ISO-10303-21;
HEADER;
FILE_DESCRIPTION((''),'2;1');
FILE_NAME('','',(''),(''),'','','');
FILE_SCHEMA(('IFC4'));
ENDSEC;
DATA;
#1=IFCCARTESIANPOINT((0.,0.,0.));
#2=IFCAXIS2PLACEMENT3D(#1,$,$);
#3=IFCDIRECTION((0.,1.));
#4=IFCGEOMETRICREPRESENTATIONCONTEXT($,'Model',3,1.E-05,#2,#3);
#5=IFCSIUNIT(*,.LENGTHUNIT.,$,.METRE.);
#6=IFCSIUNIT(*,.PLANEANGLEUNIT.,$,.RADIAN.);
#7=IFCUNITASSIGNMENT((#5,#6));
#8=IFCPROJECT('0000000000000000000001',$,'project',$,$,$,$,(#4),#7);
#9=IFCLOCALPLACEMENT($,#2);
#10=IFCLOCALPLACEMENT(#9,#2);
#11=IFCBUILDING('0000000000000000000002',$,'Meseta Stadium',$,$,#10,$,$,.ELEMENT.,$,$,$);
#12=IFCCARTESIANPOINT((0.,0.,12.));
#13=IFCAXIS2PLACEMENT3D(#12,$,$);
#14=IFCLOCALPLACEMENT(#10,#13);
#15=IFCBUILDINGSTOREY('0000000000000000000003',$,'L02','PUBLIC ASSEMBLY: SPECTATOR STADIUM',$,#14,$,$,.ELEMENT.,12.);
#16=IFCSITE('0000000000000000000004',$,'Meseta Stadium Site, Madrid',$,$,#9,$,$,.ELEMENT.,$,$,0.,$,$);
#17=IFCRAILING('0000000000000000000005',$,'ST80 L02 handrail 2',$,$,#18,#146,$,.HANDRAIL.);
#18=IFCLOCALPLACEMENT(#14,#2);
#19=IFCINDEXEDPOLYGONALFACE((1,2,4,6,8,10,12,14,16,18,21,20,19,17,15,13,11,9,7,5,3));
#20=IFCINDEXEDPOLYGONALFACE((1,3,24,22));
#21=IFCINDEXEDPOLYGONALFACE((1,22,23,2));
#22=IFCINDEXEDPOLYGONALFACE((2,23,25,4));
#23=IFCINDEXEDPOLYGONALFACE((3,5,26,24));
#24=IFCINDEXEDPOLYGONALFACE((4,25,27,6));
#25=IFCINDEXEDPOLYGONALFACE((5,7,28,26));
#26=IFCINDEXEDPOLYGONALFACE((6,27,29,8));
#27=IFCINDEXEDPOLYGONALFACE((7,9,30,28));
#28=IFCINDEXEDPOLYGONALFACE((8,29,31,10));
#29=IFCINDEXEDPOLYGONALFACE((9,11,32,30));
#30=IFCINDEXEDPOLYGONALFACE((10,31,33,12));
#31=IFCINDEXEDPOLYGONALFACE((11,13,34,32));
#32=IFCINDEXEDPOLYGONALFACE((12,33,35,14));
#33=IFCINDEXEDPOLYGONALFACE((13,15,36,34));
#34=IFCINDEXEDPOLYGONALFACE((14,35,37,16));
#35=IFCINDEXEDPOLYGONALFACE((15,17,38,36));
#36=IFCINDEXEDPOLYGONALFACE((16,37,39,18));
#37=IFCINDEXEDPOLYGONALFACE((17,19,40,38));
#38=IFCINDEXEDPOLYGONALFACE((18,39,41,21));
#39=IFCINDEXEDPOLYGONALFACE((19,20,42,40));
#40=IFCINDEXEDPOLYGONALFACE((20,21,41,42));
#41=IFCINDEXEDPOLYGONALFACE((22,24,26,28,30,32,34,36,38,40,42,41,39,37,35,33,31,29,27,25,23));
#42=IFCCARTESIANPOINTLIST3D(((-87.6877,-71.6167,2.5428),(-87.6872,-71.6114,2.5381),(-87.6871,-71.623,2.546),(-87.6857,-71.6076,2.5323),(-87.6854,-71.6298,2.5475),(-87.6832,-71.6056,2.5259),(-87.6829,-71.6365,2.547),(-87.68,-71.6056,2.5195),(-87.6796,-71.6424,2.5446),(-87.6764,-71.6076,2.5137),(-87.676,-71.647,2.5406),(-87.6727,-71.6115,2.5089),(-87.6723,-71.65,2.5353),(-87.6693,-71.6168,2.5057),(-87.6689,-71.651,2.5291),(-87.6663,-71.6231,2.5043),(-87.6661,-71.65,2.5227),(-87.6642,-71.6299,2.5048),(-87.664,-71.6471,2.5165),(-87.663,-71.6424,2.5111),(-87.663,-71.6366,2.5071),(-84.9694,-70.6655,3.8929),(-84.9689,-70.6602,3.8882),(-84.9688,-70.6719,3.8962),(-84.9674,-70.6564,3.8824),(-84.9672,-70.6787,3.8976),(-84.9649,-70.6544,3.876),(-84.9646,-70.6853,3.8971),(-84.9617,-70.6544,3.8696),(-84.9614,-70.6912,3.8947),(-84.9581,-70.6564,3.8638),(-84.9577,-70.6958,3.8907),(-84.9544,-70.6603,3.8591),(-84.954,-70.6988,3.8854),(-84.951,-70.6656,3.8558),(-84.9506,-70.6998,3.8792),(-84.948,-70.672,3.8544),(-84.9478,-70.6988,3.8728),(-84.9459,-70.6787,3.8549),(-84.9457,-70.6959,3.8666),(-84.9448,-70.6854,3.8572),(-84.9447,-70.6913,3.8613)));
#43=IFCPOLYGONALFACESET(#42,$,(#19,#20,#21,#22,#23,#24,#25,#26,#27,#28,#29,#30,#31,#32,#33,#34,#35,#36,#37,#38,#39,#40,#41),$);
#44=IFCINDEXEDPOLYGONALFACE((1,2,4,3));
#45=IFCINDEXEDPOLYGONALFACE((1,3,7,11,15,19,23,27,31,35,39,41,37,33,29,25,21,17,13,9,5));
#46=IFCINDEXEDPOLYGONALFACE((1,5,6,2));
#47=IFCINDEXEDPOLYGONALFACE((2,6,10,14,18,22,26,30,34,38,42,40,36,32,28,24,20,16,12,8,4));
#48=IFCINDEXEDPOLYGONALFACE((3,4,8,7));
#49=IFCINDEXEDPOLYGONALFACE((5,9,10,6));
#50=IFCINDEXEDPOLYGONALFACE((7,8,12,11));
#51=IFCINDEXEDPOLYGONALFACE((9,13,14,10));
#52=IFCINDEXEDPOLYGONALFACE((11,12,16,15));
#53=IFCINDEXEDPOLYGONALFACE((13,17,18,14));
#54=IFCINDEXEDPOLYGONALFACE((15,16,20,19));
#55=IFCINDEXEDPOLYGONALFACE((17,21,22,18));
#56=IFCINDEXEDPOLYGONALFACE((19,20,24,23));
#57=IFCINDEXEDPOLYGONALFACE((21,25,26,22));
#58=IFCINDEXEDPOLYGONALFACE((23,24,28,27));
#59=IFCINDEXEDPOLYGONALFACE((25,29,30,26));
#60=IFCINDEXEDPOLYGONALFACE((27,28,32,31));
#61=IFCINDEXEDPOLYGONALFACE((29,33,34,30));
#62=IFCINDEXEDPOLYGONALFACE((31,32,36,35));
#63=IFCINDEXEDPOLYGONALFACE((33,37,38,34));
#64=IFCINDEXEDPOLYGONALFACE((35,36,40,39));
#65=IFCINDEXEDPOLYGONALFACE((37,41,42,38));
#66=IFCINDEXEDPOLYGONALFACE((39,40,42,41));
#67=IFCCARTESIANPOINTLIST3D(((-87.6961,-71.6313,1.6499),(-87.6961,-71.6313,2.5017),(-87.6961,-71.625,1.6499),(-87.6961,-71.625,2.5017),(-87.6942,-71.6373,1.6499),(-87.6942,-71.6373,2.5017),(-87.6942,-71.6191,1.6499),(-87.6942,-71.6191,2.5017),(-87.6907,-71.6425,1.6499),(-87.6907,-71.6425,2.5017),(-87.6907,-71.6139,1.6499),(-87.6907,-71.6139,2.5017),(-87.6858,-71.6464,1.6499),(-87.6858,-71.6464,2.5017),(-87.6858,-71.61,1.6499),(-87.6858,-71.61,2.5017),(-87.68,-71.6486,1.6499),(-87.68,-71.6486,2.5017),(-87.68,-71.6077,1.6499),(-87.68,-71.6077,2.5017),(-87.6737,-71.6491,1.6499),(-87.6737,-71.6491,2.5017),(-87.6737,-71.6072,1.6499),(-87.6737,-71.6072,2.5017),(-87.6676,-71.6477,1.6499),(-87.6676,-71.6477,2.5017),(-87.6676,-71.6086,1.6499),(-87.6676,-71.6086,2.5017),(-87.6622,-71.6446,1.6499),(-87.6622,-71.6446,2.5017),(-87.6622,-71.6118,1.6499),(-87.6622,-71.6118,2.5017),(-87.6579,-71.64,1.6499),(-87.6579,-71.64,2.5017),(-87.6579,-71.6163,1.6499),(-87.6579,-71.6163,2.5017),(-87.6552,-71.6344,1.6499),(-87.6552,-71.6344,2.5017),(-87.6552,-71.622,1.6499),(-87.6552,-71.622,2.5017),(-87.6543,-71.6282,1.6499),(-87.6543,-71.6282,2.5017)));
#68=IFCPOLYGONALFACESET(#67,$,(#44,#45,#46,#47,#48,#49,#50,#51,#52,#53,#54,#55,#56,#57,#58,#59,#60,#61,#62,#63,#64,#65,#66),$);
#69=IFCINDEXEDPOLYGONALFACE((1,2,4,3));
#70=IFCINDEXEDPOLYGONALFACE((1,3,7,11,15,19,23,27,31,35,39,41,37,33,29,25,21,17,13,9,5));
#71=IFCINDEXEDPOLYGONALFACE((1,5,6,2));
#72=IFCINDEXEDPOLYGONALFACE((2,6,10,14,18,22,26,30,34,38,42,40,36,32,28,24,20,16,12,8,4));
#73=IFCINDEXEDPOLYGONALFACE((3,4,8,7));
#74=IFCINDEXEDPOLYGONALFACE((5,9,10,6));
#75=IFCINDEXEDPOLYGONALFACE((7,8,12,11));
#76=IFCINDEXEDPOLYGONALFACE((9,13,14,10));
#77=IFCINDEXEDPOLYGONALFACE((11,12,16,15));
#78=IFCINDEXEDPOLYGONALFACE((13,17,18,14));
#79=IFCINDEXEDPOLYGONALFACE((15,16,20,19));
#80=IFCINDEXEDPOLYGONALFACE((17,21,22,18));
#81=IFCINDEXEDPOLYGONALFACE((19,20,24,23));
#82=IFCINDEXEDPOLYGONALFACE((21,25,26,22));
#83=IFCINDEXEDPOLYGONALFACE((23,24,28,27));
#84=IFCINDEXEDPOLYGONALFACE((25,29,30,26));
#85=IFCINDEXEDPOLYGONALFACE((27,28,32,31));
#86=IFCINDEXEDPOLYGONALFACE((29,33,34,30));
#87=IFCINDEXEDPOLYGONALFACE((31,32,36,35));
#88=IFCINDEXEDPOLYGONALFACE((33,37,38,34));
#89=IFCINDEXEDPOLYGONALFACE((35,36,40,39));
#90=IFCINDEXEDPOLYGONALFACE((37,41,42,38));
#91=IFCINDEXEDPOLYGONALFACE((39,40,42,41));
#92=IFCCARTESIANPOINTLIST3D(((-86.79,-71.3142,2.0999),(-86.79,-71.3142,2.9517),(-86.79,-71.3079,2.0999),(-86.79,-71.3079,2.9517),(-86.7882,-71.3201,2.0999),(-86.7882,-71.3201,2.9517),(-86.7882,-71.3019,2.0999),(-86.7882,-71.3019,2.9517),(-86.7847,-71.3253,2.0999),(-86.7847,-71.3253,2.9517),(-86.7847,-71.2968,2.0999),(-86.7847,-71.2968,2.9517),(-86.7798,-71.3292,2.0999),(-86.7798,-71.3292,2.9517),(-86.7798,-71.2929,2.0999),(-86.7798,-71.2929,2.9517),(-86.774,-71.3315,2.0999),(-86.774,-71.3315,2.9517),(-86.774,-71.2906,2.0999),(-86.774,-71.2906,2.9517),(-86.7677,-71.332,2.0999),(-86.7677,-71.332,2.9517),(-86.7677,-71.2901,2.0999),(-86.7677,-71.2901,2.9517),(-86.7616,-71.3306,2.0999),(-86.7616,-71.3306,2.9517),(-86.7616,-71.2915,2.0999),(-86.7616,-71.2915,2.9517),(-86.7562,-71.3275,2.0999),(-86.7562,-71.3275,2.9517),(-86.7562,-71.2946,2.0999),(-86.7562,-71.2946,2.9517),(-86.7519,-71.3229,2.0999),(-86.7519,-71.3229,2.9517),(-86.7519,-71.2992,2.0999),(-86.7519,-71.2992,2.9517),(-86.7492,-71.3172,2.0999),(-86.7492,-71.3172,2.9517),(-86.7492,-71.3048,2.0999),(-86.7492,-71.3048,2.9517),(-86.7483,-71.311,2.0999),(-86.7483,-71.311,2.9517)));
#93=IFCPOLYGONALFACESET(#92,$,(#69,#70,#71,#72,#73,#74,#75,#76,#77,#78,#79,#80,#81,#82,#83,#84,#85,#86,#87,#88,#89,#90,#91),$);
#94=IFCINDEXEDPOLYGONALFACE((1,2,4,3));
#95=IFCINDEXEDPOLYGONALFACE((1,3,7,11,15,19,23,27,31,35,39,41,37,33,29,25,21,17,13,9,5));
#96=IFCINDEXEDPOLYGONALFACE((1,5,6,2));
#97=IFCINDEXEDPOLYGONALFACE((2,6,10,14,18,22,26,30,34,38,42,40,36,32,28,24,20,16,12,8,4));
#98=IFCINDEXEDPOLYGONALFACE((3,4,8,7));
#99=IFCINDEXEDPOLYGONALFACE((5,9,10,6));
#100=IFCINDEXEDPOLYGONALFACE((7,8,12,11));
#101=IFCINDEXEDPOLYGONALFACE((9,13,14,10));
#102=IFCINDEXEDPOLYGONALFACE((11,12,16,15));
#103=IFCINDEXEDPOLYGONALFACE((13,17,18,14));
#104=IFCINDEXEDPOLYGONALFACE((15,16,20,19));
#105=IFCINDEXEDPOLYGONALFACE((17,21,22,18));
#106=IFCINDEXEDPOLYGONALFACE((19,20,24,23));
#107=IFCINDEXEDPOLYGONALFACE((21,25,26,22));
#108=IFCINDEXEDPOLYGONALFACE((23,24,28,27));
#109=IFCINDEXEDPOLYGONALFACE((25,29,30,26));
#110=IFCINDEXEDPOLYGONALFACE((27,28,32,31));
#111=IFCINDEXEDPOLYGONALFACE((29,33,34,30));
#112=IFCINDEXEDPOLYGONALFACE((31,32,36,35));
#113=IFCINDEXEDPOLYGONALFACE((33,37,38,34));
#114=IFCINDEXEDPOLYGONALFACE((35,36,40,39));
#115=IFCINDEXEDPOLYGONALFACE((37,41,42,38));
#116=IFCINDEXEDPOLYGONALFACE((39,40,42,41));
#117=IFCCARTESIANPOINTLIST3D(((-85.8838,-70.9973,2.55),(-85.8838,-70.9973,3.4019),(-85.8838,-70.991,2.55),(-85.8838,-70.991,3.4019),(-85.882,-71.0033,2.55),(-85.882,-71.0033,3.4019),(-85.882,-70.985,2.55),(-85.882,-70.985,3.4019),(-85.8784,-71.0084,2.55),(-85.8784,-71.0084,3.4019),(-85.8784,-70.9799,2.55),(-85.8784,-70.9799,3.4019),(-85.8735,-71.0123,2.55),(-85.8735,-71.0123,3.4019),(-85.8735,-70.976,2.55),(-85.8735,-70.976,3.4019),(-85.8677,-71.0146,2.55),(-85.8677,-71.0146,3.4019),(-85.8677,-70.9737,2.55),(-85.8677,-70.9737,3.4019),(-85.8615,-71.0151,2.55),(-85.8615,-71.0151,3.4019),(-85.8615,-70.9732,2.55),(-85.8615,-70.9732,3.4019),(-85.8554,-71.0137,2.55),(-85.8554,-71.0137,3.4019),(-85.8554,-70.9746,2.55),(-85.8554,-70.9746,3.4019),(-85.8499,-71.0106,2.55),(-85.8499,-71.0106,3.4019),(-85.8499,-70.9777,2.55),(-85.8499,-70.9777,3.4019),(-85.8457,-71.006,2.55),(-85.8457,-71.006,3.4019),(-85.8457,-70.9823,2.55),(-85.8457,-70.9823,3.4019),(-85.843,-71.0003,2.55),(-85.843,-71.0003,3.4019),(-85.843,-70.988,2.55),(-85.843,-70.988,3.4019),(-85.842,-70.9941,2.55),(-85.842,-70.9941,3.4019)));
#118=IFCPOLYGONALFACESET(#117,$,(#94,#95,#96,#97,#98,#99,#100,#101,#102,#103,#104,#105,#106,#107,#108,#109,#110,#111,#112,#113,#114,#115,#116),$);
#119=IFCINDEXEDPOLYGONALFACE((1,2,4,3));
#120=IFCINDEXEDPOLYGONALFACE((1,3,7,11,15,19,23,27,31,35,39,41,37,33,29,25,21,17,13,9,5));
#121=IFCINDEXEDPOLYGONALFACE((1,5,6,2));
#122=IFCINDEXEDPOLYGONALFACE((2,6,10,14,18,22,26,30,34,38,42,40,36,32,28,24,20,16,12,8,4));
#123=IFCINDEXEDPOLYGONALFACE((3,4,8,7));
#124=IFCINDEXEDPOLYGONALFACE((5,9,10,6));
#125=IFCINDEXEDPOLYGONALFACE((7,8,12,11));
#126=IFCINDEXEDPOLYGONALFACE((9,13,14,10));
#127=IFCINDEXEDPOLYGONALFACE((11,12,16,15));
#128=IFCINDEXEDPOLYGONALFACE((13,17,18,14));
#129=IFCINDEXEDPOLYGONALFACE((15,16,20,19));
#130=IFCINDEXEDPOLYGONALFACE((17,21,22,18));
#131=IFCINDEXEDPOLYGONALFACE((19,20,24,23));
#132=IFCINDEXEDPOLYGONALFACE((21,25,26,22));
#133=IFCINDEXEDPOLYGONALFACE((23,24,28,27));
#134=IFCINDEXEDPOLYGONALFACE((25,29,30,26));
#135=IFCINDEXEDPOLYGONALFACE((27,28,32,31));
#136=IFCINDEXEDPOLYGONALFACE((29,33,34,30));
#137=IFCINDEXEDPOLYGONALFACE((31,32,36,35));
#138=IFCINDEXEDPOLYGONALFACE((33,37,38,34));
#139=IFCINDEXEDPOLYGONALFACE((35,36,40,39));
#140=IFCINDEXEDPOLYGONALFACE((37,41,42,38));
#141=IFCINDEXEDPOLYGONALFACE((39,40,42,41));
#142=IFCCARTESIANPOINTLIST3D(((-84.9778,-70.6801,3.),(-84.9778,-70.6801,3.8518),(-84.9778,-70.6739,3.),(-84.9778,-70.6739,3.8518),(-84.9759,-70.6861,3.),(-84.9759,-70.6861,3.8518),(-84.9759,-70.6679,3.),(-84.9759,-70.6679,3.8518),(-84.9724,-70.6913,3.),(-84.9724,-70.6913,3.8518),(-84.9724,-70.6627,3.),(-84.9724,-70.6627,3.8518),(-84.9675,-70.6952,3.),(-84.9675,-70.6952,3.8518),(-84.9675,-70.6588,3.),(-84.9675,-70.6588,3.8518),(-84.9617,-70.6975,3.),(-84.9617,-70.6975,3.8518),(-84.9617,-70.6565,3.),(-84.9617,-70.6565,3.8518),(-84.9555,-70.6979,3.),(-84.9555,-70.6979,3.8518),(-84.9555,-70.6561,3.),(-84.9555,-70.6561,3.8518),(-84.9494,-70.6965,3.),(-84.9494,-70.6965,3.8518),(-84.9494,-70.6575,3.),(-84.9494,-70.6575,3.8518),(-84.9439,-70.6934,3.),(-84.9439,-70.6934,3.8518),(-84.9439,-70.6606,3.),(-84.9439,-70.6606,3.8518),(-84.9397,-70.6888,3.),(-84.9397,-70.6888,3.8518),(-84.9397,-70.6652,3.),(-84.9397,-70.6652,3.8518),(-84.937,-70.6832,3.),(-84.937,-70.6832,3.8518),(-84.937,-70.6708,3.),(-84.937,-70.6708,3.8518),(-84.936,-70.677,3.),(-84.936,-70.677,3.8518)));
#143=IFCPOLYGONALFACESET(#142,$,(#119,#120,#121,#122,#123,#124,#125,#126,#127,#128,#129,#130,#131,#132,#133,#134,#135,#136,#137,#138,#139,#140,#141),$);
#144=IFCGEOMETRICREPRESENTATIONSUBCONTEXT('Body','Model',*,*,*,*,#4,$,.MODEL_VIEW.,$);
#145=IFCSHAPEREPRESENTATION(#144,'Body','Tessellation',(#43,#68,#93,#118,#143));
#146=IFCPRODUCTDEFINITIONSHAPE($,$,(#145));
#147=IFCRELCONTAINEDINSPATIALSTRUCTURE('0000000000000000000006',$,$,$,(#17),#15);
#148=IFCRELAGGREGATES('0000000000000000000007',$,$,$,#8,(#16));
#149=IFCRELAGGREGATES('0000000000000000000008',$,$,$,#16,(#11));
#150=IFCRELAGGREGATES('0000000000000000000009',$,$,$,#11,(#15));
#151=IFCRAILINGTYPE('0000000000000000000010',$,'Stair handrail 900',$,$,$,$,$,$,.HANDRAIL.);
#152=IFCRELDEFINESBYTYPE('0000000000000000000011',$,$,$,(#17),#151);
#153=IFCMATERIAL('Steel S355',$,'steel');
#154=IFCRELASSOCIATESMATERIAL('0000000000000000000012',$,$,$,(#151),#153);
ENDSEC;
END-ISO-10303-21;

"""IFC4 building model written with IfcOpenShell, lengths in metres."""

from ifc_helpers import new_model, si_unit, direction, frame, origin, origin_2d, place, context, subcontext, project, spatial, circle, extrude, material, type_object, element, save


model = new_model("IFC4")

# Units and contexts
model_context = context("Model", 3, precision=1e-05, world=origin(), true_north=direction((0.0, 1.0)))
body_context = subcontext(model_context, "Body", "Model", "MODEL_VIEW")
ifc_project = project(units=[si_unit("LENGTHUNIT", "METRE"), si_unit("PLANEANGLEUNIT", "RADIAN")], contexts=[model_context])

# Site, building, storey
site_placement = place(None, origin())
site = spatial("IfcSite", under=ifc_project, at=site_placement, Name="Meseta Stadium Site, Madrid", CompositionType="ELEMENT", RefElevation=0.0)
building_placement = place(site_placement, origin())
building = spatial("IfcBuilding", under=site, at=building_placement, Name="Meseta Stadium", CompositionType="ELEMENT")
storey_placement = place(building_placement, frame((0.0, 0.0, 12.0)))
storey = spatial("IfcBuildingStorey", under=building, at=storey_placement, Name="L02", Description="PUBLIC ASSEMBLY: SPECTATOR STADIUM", CompositionType="ELEMENT", Elevation=12.0)

# Railing
ifc_material_1 = material(Name="Steel S355", Category="steel")
railing_type = type_object("IfcRailingType", Name="Stair handrail 900", PredefinedType="HANDRAIL", material=ifc_material_1)
for number, where, name in (
    (1, (-87.6753, -71.6282, 1.6499), "ST80 L02 handrail 2"),
):
    element("IfcRailing", number, at=place(storey_placement, frame(where)), inside=storey, type_object=railing_type, Name=name, PredefinedType="HANDRAIL", context=body_context, shape_type="SweptSolid", body=[
        extrude(circle(Radius=0.0239, at=origin_2d()), frame((0.0, 0.0, 0.876), z_axis=(0.854629, 0.299051, 0.424474), x_axis=(-0.330282, 0.943882, 0.0)), (0.0, 0.0, 1.0), 3.1807),
        extrude(circle(Radius=0.021, at=origin_2d()), origin(), (0.0, 0.0, 1.0), 0.8518),
        extrude(circle(Radius=0.021, at=origin_2d()), frame((0.906, 0.3171, 0.45)), (0.0, 0.0, 1.0), 0.8518),
        extrude(circle(Radius=0.021, at=origin_2d()), frame((1.8123, 0.634, 0.9001)), (0.0, 0.0, 1.0), 0.8518),
        extrude(circle(Radius=0.021, at=origin_2d()), frame((2.7183, 0.9512, 1.3501)), (0.0, 0.0, 1.0), 0.8518),
    ])

save(model, "model.ifc")
